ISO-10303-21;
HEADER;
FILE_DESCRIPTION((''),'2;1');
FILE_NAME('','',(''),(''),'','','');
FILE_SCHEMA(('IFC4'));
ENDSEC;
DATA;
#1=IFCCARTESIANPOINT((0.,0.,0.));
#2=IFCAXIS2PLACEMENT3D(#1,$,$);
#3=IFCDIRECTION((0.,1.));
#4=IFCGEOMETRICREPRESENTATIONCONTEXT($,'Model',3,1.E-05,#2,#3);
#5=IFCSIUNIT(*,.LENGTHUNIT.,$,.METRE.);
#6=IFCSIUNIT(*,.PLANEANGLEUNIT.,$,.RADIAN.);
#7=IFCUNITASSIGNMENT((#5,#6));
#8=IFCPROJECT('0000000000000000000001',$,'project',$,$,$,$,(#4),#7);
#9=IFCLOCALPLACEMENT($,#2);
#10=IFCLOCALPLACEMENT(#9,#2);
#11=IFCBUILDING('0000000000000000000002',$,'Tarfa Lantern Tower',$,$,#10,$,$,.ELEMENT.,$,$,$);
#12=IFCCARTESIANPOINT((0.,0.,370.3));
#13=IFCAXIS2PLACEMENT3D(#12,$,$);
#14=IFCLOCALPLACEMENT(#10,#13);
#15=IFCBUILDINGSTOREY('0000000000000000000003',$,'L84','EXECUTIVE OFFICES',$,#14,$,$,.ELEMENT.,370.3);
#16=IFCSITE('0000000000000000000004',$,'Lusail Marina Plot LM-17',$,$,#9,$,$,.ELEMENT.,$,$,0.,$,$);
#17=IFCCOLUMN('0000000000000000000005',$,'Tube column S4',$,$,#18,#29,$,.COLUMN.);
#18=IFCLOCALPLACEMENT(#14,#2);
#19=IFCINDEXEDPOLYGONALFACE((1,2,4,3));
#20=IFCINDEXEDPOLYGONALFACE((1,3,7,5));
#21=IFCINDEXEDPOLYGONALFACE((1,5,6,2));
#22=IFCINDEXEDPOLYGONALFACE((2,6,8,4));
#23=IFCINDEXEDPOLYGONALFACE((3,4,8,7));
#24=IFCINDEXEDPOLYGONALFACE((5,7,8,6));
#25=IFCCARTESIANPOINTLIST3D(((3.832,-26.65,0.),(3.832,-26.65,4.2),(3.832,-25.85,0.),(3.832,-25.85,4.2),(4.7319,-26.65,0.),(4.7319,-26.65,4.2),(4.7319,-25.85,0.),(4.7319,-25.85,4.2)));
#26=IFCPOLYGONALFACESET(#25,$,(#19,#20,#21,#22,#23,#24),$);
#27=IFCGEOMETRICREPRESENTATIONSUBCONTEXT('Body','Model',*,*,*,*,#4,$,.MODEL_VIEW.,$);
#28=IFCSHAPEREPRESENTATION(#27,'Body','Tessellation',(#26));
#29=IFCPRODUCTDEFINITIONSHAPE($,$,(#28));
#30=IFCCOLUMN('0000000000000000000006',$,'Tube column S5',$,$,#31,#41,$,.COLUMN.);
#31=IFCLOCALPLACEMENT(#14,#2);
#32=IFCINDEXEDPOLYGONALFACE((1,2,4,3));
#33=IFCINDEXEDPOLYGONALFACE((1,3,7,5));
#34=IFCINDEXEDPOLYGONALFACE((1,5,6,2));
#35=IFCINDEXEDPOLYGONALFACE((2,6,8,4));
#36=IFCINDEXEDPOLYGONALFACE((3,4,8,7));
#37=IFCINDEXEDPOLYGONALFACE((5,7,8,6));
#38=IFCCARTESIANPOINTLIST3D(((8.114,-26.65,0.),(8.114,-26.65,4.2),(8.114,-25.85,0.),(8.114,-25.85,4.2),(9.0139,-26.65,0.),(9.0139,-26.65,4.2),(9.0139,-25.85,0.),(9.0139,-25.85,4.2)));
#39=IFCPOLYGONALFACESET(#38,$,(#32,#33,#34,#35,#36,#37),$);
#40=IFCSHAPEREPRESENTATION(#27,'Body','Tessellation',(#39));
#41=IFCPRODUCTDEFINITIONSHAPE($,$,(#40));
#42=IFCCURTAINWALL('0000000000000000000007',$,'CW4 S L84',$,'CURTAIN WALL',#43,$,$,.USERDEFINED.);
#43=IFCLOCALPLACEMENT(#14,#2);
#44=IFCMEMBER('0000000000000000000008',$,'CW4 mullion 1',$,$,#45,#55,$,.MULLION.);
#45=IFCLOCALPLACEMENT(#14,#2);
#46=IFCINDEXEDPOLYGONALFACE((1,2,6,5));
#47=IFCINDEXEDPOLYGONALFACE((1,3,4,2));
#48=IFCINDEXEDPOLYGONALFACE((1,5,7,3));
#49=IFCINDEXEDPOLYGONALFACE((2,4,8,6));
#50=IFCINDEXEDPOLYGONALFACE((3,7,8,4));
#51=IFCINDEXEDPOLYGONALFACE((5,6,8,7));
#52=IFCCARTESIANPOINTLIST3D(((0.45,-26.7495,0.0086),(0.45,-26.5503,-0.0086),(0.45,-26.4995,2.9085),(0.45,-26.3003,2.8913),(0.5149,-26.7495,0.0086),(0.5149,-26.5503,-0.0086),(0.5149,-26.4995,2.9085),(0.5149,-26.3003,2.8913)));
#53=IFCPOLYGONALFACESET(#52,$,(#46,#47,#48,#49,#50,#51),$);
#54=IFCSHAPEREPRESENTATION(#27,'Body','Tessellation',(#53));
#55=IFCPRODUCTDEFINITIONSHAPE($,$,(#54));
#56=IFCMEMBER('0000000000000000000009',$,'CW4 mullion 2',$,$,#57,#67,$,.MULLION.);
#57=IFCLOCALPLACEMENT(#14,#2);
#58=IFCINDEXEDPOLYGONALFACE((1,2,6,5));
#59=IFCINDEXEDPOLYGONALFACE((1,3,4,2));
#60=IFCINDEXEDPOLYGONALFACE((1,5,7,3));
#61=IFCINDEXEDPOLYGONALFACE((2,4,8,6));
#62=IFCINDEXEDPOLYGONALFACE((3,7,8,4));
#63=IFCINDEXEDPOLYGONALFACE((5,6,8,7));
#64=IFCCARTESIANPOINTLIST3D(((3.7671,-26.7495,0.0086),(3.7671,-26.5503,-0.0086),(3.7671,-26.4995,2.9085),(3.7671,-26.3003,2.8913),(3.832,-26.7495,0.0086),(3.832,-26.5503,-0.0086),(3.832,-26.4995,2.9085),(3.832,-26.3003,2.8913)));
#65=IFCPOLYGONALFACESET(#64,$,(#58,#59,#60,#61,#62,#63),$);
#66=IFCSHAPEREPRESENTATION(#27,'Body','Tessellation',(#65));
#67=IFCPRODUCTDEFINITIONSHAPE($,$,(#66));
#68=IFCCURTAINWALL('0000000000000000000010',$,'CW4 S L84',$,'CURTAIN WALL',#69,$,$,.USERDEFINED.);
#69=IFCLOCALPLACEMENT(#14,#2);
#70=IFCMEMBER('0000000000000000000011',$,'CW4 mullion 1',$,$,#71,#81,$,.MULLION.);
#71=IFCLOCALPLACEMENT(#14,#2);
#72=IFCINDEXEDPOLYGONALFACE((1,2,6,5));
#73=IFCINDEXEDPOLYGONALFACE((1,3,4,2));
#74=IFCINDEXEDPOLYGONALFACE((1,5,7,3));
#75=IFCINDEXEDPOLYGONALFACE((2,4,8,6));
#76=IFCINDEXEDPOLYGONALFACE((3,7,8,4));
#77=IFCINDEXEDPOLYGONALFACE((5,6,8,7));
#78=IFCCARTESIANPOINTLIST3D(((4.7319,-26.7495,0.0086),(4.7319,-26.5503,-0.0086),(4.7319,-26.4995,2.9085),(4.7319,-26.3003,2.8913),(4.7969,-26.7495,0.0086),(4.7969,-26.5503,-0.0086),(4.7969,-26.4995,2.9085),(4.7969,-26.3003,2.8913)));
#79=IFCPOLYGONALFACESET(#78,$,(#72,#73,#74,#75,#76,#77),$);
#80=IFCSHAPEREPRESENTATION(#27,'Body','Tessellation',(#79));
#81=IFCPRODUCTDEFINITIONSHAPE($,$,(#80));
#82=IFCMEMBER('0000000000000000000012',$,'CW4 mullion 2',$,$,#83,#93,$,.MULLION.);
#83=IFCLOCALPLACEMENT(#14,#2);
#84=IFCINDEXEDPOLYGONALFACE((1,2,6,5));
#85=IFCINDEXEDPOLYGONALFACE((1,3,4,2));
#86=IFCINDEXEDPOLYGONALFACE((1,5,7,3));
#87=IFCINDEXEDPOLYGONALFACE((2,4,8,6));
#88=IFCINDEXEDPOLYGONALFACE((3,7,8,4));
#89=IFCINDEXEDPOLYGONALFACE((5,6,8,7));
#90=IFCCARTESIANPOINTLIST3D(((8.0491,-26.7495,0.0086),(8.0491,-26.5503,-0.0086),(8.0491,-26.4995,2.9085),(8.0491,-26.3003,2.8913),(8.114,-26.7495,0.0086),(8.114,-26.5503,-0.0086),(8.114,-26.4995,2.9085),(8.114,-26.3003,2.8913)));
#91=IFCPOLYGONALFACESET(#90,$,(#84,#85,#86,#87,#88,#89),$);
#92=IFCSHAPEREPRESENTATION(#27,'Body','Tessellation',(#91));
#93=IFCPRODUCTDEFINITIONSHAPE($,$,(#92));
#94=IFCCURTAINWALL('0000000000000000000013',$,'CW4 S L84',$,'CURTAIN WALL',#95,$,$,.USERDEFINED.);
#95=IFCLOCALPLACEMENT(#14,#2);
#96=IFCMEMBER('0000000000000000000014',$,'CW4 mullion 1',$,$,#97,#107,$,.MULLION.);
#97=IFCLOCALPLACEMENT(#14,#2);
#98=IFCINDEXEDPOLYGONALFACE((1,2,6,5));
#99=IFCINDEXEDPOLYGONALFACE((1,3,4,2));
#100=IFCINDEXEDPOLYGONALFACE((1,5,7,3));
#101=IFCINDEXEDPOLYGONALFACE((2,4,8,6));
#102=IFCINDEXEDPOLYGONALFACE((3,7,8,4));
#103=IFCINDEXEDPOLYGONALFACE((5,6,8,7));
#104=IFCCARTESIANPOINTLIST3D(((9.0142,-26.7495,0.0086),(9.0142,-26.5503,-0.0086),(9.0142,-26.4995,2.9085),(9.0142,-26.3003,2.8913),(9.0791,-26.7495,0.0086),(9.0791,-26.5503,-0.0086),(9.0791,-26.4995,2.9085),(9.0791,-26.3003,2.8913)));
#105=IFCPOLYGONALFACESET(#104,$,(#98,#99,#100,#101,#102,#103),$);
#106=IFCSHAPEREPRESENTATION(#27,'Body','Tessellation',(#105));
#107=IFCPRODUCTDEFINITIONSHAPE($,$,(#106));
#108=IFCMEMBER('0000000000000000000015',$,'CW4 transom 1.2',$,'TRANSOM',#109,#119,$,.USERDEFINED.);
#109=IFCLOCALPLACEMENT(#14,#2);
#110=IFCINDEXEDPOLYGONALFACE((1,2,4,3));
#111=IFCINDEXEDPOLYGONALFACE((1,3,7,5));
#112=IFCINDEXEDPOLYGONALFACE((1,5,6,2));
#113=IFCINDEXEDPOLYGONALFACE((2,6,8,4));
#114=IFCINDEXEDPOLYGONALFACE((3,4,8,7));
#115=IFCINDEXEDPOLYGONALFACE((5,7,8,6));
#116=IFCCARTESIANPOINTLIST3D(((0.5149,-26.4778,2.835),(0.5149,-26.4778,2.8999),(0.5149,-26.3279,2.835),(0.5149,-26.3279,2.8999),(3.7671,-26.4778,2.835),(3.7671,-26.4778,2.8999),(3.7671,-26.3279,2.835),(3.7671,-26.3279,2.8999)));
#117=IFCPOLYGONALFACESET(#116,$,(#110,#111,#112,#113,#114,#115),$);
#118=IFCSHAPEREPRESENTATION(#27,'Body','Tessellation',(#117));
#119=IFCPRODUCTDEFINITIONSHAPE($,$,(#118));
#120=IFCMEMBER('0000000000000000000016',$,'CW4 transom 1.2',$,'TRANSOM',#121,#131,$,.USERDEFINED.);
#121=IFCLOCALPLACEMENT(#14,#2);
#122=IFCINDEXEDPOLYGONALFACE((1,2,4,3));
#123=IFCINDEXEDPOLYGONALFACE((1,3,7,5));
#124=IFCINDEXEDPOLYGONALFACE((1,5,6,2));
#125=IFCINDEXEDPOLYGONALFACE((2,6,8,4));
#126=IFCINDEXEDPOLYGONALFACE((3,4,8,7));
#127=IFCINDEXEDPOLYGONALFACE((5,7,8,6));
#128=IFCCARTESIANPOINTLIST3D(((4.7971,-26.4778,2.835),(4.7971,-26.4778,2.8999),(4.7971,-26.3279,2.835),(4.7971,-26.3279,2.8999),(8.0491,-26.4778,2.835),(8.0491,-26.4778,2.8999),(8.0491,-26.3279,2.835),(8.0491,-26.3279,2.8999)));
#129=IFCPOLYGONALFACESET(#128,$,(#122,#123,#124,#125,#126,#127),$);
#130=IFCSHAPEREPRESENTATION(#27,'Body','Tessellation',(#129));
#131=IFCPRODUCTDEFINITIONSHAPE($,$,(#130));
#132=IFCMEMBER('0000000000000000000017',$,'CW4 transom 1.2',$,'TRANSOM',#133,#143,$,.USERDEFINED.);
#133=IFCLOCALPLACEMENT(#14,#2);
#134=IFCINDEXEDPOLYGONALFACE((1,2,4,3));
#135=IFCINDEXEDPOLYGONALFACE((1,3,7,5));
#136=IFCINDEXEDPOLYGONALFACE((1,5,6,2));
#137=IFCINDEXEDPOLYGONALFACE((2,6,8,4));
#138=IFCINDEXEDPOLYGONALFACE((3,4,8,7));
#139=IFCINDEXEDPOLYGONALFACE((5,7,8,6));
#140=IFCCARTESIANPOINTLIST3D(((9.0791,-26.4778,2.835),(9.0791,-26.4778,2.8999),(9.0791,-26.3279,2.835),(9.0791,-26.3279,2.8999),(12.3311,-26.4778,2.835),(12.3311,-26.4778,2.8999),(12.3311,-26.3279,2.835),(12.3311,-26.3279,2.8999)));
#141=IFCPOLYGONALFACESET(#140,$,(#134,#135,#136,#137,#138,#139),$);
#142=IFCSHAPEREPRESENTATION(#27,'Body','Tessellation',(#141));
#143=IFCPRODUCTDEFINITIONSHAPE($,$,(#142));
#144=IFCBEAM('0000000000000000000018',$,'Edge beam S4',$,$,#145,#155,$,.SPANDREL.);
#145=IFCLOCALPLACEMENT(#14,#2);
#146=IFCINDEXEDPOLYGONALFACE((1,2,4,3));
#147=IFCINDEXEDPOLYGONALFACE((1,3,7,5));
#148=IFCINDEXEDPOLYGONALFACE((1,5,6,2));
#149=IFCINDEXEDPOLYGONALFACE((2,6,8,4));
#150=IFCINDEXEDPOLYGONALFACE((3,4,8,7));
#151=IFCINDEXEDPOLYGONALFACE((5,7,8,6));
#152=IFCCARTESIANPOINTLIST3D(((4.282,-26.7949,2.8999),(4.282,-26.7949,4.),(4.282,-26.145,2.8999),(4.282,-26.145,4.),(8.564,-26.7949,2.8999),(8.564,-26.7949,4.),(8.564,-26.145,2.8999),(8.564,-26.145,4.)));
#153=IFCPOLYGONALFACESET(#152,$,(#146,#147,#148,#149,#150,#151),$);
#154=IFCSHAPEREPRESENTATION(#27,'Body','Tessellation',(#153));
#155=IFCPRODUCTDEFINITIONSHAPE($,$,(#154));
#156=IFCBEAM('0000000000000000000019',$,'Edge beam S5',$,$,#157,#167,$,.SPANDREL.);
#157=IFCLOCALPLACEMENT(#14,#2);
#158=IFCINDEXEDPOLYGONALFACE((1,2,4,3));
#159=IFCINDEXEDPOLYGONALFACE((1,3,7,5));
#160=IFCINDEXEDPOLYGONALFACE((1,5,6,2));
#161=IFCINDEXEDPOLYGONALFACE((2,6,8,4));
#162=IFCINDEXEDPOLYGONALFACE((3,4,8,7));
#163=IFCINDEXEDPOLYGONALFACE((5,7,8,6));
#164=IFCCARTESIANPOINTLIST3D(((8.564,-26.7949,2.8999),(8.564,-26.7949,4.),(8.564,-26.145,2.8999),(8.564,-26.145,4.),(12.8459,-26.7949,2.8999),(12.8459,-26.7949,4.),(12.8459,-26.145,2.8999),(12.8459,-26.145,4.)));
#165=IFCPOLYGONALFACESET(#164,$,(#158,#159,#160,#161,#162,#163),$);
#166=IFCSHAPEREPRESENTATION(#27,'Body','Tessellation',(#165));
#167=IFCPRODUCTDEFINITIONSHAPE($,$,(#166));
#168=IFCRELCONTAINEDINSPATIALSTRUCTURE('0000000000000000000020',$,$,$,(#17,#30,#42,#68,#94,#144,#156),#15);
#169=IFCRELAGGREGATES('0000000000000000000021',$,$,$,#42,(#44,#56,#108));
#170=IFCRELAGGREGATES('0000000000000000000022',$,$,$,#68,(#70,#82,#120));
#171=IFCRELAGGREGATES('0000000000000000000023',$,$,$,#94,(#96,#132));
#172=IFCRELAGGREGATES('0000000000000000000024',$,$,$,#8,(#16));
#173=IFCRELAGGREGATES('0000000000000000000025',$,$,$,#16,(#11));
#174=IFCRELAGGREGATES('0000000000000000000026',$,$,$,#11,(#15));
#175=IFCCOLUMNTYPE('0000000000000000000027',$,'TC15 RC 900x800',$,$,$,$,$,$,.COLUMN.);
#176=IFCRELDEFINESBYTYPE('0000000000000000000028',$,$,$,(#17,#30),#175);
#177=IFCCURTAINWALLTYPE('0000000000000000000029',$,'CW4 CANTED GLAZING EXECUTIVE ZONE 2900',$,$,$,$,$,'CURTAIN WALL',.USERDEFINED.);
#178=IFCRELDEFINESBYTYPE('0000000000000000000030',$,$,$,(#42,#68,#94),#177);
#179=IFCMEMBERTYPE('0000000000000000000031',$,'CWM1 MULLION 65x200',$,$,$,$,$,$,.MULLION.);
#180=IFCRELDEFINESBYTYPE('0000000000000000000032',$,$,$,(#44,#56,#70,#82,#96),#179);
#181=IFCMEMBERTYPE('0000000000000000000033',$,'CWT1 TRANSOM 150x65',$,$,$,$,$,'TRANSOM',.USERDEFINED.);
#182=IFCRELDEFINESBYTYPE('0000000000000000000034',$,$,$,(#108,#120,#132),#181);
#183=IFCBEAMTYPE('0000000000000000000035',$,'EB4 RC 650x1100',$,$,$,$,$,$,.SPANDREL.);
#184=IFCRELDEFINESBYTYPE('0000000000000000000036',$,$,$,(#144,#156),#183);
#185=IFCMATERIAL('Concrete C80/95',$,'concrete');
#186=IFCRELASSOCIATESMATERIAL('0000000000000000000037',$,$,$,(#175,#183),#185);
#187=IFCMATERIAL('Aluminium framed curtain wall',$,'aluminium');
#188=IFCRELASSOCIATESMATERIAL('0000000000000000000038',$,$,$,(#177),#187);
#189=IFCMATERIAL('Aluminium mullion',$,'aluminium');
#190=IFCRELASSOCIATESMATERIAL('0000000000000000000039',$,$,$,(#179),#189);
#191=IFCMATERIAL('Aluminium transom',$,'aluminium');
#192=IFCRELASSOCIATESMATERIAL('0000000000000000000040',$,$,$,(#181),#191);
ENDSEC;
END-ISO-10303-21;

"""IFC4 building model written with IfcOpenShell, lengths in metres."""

from ifc_helpers import new_model, si_unit, direction, frame, origin, origin_2d, place, context, subcontext, project, spatial, rectangle, extrude, material, material_profile, profile_set, type_object, element, aggregate, save


model = new_model("IFC4")

# Units and contexts
model_context = context("Model", 3, precision=1e-05, world=origin(), true_north=direction((0.0, 1.0)))
body_context = subcontext(model_context, "Body", "Model", "MODEL_VIEW")
ifc_project = project(units=[si_unit("LENGTHUNIT", "METRE"), si_unit("PLANEANGLEUNIT", "RADIAN")], contexts=[model_context])

# Site, building, storey
site_placement = place(None, origin())
site = spatial("IfcSite", under=ifc_project, at=site_placement, Name="Lusail Marina Plot LM-17", CompositionType="ELEMENT", RefElevation=0.0)
building_placement = place(site_placement, origin())
building = spatial("IfcBuilding", under=site, at=building_placement, Name="Tarfa Lantern Tower", CompositionType="ELEMENT")
storey_placement = place(building_placement, frame((0.0, 0.0, 370.3)))
storey = spatial("IfcBuildingStorey", under=building, at=storey_placement, Name="L84", Description="EXECUTIVE OFFICES", CompositionType="ELEMENT", Elevation=370.3)

# Columns
ifc_material_1 = material(Name="Concrete C80/95", Category="concrete")
ifc_material_profile_1 = material_profile(ifc_material_1, rectangle(XDim=0.8999, YDim=0.8, at=origin_2d()), Name="RC 900x800")
ifc_profile_set_1 = profile_set([ifc_material_profile_1], Name="Concrete C80/95")
column_type = type_object("IfcColumnType", Name="TC15 RC 900x800", PredefinedType="COLUMN", material=ifc_profile_set_1)
for number, where, z_axis, x_axis, name in (
    (1, (4.282, -26.25, 0.0), (0.0, 0.0, 1.0), (1.0, 0.0, 0.0), "Tube column S4"),
    (2, (8.564, -26.25, 0.0), (0.0, 0.0, 1.0), (1.0, 0.0, 0.0), "Tube column S5"),
):
    element("IfcColumn", number, at=place(storey_placement, frame(where, z_axis=z_axis, x_axis=x_axis)), inside=storey, type_object=column_type, Name=name, PredefinedType="COLUMN", context=body_context, shape_type="SweptSolid", body=[
        extrude(rectangle(XDim=0.8999, YDim=0.8, at=origin_2d()), origin(), (0.0, 0.0, 1.0), 4.2),
    ])

# Curtain walls, members
ifc_material_2 = material(Name="Aluminium framed curtain wall", Category="aluminium")
curtain_wall_type = type_object("IfcCurtainWallType", Name="CW4 CANTED GLAZING EXECUTIVE ZONE 2900", ElementType="CURTAIN WALL", PredefinedType="USERDEFINED", material=ifc_material_2)
curtain_wall_1_placement = place(storey_placement, origin())
curtain_wall_1 = element("IfcCurtainWall", 3, at=curtain_wall_1_placement, inside=storey, type_object=curtain_wall_type, Name="CW4 S L84", ObjectType="CURTAIN WALL", PredefinedType="USERDEFINED")
ifc_material_3 = material(Name="Aluminium mullion", Category="aluminium")
ifc_material_profile_2 = material_profile(ifc_material_3, rectangle(XDim=0.0649, YDim=0.2, at=origin_2d()), Name="AL MULLION 65x200")
ifc_profile_set_2 = profile_set([ifc_material_profile_2], Name="Aluminium mullion")
member_type_1 = type_object("IfcMemberType", Name="CWM1 MULLION 65x200", PredefinedType="MULLION", material=ifc_profile_set_2)
member_1_placement = place(storey_placement, frame((0.4824, -26.6499, 0.0), z_axis=(0.0, 0.085891, 0.996305), x_axis=(-1.0, 0.0, 0.0)))
member_1 = element("IfcMember", 4, at=member_1_placement, type_object=member_type_1, Name="CW4 mullion 1", PredefinedType="MULLION", context=body_context, shape_type="SweptSolid", body=[
    extrude(rectangle(XDim=0.0649, YDim=0.2, at=origin_2d()), origin(), (0.0, 0.0, 1.0), 2.9106),
])
member_2_placement = place(storey_placement, frame((3.7996, -26.6499, 0.0), z_axis=(0.0, 0.085891, 0.996305), x_axis=(-1.0, 0.0, 0.0)))
member_2 = element("IfcMember", 5, at=member_2_placement, type_object=member_type_1, Name="CW4 mullion 2", PredefinedType="MULLION", context=body_context, shape_type="SweptSolid", body=[
    extrude(rectangle(XDim=0.0649, YDim=0.2, at=origin_2d()), origin(), (0.0, 0.0, 1.0), 2.9106),
])
curtain_wall_2_placement = place(storey_placement, origin())
curtain_wall_2 = element("IfcCurtainWall", 6, at=curtain_wall_2_placement, inside=storey, type_object=curtain_wall_type, Name="CW4 S L84", ObjectType="CURTAIN WALL", PredefinedType="USERDEFINED")
member_3_placement = place(storey_placement, frame((4.7644, -26.6499, 0.0), z_axis=(0.0, 0.085891, 0.996305), x_axis=(-1.0, 0.0, 0.0)))
member_3 = element("IfcMember", 7, at=member_3_placement, type_object=member_type_1, Name="CW4 mullion 1", PredefinedType="MULLION", context=body_context, shape_type="SweptSolid", body=[
    extrude(rectangle(XDim=0.0649, YDim=0.2, at=origin_2d()), origin(), (0.0, 0.0, 1.0), 2.9106),
])
member_4_placement = place(storey_placement, frame((8.0815, -26.6499, 0.0), z_axis=(0.0, 0.085891, 0.996305), x_axis=(-1.0, 0.0, 0.0)))
member_4 = element("IfcMember", 8, at=member_4_placement, type_object=member_type_1, Name="CW4 mullion 2", PredefinedType="MULLION", context=body_context, shape_type="SweptSolid", body=[
    extrude(rectangle(XDim=0.0649, YDim=0.2, at=origin_2d()), origin(), (0.0, 0.0, 1.0), 2.9106),
])

# Curtain wall, member
curtain_wall_3_placement = place(storey_placement, origin())
curtain_wall_3 = element("IfcCurtainWall", 9, at=curtain_wall_3_placement, inside=storey, type_object=curtain_wall_type, Name="CW4 S L84", ObjectType="CURTAIN WALL", PredefinedType="USERDEFINED")
member_5_placement = place(storey_placement, frame((9.0466, -26.6499, 0.0), z_axis=(0.0, 0.085891, 0.996305), x_axis=(-1.0, 0.0, 0.0)))
member_5 = element("IfcMember", 10, at=member_5_placement, type_object=member_type_1, Name="CW4 mullion 1", PredefinedType="MULLION", context=body_context, shape_type="SweptSolid", body=[
    extrude(rectangle(XDim=0.0649, YDim=0.2, at=origin_2d()), origin(), (0.0, 0.0, 1.0), 2.9106),
])

# Members
ifc_material_4 = material(Name="Aluminium transom", Category="aluminium")
ifc_material_profile_3 = material_profile(ifc_material_4, rectangle(XDim=0.1499, YDim=0.0649, at=origin_2d()), Name="AL TRANSOM 150x65")
ifc_profile_set_3 = profile_set([ifc_material_profile_3], Name="Aluminium transom")
member_type_2 = type_object("IfcMemberType", Name="CWT1 TRANSOM 150x65", ElementType="TRANSOM", PredefinedType="USERDEFINED", material=ifc_profile_set_3)
member_6_placement = place(storey_placement, frame((0.5149, -26.4028, 2.8674), z_axis=(1.0, 0.0, 0.0), x_axis=(0.0, 1.0, 0.0)))
member_6 = element("IfcMember", 11, at=member_6_placement, type_object=member_type_2, Name="CW4 transom 1.2", ObjectType="TRANSOM", PredefinedType="USERDEFINED", context=body_context, shape_type="SweptSolid", body=[
    extrude(rectangle(XDim=0.1499, YDim=0.0649, at=origin_2d()), origin(), (0.0, 0.0, 1.0), 3.2522),
])
member_7_placement = place(storey_placement, frame((4.7971, -26.4028, 2.8674), z_axis=(1.0, 0.0, 0.0), x_axis=(0.0, 1.0, 0.0)))
member_7 = element("IfcMember", 12, at=member_7_placement, type_object=member_type_2, Name="CW4 transom 1.2", ObjectType="TRANSOM", PredefinedType="USERDEFINED", context=body_context, shape_type="SweptSolid", body=[
    extrude(rectangle(XDim=0.1499, YDim=0.0649, at=origin_2d()), origin(), (0.0, 0.0, 1.0), 3.252),
])
member_8_placement = place(storey_placement, frame((9.0791, -26.4028, 2.8674), z_axis=(1.0, 0.0, 0.0), x_axis=(0.0, 1.0, 0.0)))
member_8 = element("IfcMember", 13, at=member_8_placement, type_object=member_type_2, Name="CW4 transom 1.2", ObjectType="TRANSOM", PredefinedType="USERDEFINED", context=body_context, shape_type="SweptSolid", body=[
    extrude(rectangle(XDim=0.1499, YDim=0.0649, at=origin_2d()), origin(), (0.0, 0.0, 1.0), 3.252),
])

# Beams
ifc_material_profile_4 = material_profile(ifc_material_1, rectangle(XDim=0.6499, YDim=1.1001, at=origin_2d()), Name="RC 650x1100")
ifc_profile_set_4 = profile_set([ifc_material_profile_4], Name="Concrete C80/95")
beam_type_1 = type_object("IfcBeamType", Name="EB4 RC 650x1100", PredefinedType="SPANDREL", material=ifc_profile_set_4)
for number, where, z_axis, x_axis, name in (
    (14, (4.282, -26.47, 3.45), (1.0, 0.0, 0.0), (0.0, 1.0, 0.0), "Edge beam S4"),
    (15, (8.564, -26.47, 3.45), (1.0, 0.0, 0.0), (0.0, 1.0, 0.0), "Edge beam S5"),
):
    element("IfcBeam", number, at=place(storey_placement, frame(where, z_axis=z_axis, x_axis=x_axis)), inside=storey, type_object=beam_type_1, Name=name, PredefinedType="SPANDREL", context=body_context, shape_type="SweptSolid", body=[
        extrude(rectangle(XDim=0.6499, YDim=1.1001, at=origin_2d()), origin(), (0.0, 0.0, 1.0), 4.282),
    ])

aggregate(curtain_wall_1, [member_1, member_2, member_6])
aggregate(curtain_wall_2, [member_3, member_4, member_7])
aggregate(curtain_wall_3, [member_5, member_8])

save(model, "model.ifc")
